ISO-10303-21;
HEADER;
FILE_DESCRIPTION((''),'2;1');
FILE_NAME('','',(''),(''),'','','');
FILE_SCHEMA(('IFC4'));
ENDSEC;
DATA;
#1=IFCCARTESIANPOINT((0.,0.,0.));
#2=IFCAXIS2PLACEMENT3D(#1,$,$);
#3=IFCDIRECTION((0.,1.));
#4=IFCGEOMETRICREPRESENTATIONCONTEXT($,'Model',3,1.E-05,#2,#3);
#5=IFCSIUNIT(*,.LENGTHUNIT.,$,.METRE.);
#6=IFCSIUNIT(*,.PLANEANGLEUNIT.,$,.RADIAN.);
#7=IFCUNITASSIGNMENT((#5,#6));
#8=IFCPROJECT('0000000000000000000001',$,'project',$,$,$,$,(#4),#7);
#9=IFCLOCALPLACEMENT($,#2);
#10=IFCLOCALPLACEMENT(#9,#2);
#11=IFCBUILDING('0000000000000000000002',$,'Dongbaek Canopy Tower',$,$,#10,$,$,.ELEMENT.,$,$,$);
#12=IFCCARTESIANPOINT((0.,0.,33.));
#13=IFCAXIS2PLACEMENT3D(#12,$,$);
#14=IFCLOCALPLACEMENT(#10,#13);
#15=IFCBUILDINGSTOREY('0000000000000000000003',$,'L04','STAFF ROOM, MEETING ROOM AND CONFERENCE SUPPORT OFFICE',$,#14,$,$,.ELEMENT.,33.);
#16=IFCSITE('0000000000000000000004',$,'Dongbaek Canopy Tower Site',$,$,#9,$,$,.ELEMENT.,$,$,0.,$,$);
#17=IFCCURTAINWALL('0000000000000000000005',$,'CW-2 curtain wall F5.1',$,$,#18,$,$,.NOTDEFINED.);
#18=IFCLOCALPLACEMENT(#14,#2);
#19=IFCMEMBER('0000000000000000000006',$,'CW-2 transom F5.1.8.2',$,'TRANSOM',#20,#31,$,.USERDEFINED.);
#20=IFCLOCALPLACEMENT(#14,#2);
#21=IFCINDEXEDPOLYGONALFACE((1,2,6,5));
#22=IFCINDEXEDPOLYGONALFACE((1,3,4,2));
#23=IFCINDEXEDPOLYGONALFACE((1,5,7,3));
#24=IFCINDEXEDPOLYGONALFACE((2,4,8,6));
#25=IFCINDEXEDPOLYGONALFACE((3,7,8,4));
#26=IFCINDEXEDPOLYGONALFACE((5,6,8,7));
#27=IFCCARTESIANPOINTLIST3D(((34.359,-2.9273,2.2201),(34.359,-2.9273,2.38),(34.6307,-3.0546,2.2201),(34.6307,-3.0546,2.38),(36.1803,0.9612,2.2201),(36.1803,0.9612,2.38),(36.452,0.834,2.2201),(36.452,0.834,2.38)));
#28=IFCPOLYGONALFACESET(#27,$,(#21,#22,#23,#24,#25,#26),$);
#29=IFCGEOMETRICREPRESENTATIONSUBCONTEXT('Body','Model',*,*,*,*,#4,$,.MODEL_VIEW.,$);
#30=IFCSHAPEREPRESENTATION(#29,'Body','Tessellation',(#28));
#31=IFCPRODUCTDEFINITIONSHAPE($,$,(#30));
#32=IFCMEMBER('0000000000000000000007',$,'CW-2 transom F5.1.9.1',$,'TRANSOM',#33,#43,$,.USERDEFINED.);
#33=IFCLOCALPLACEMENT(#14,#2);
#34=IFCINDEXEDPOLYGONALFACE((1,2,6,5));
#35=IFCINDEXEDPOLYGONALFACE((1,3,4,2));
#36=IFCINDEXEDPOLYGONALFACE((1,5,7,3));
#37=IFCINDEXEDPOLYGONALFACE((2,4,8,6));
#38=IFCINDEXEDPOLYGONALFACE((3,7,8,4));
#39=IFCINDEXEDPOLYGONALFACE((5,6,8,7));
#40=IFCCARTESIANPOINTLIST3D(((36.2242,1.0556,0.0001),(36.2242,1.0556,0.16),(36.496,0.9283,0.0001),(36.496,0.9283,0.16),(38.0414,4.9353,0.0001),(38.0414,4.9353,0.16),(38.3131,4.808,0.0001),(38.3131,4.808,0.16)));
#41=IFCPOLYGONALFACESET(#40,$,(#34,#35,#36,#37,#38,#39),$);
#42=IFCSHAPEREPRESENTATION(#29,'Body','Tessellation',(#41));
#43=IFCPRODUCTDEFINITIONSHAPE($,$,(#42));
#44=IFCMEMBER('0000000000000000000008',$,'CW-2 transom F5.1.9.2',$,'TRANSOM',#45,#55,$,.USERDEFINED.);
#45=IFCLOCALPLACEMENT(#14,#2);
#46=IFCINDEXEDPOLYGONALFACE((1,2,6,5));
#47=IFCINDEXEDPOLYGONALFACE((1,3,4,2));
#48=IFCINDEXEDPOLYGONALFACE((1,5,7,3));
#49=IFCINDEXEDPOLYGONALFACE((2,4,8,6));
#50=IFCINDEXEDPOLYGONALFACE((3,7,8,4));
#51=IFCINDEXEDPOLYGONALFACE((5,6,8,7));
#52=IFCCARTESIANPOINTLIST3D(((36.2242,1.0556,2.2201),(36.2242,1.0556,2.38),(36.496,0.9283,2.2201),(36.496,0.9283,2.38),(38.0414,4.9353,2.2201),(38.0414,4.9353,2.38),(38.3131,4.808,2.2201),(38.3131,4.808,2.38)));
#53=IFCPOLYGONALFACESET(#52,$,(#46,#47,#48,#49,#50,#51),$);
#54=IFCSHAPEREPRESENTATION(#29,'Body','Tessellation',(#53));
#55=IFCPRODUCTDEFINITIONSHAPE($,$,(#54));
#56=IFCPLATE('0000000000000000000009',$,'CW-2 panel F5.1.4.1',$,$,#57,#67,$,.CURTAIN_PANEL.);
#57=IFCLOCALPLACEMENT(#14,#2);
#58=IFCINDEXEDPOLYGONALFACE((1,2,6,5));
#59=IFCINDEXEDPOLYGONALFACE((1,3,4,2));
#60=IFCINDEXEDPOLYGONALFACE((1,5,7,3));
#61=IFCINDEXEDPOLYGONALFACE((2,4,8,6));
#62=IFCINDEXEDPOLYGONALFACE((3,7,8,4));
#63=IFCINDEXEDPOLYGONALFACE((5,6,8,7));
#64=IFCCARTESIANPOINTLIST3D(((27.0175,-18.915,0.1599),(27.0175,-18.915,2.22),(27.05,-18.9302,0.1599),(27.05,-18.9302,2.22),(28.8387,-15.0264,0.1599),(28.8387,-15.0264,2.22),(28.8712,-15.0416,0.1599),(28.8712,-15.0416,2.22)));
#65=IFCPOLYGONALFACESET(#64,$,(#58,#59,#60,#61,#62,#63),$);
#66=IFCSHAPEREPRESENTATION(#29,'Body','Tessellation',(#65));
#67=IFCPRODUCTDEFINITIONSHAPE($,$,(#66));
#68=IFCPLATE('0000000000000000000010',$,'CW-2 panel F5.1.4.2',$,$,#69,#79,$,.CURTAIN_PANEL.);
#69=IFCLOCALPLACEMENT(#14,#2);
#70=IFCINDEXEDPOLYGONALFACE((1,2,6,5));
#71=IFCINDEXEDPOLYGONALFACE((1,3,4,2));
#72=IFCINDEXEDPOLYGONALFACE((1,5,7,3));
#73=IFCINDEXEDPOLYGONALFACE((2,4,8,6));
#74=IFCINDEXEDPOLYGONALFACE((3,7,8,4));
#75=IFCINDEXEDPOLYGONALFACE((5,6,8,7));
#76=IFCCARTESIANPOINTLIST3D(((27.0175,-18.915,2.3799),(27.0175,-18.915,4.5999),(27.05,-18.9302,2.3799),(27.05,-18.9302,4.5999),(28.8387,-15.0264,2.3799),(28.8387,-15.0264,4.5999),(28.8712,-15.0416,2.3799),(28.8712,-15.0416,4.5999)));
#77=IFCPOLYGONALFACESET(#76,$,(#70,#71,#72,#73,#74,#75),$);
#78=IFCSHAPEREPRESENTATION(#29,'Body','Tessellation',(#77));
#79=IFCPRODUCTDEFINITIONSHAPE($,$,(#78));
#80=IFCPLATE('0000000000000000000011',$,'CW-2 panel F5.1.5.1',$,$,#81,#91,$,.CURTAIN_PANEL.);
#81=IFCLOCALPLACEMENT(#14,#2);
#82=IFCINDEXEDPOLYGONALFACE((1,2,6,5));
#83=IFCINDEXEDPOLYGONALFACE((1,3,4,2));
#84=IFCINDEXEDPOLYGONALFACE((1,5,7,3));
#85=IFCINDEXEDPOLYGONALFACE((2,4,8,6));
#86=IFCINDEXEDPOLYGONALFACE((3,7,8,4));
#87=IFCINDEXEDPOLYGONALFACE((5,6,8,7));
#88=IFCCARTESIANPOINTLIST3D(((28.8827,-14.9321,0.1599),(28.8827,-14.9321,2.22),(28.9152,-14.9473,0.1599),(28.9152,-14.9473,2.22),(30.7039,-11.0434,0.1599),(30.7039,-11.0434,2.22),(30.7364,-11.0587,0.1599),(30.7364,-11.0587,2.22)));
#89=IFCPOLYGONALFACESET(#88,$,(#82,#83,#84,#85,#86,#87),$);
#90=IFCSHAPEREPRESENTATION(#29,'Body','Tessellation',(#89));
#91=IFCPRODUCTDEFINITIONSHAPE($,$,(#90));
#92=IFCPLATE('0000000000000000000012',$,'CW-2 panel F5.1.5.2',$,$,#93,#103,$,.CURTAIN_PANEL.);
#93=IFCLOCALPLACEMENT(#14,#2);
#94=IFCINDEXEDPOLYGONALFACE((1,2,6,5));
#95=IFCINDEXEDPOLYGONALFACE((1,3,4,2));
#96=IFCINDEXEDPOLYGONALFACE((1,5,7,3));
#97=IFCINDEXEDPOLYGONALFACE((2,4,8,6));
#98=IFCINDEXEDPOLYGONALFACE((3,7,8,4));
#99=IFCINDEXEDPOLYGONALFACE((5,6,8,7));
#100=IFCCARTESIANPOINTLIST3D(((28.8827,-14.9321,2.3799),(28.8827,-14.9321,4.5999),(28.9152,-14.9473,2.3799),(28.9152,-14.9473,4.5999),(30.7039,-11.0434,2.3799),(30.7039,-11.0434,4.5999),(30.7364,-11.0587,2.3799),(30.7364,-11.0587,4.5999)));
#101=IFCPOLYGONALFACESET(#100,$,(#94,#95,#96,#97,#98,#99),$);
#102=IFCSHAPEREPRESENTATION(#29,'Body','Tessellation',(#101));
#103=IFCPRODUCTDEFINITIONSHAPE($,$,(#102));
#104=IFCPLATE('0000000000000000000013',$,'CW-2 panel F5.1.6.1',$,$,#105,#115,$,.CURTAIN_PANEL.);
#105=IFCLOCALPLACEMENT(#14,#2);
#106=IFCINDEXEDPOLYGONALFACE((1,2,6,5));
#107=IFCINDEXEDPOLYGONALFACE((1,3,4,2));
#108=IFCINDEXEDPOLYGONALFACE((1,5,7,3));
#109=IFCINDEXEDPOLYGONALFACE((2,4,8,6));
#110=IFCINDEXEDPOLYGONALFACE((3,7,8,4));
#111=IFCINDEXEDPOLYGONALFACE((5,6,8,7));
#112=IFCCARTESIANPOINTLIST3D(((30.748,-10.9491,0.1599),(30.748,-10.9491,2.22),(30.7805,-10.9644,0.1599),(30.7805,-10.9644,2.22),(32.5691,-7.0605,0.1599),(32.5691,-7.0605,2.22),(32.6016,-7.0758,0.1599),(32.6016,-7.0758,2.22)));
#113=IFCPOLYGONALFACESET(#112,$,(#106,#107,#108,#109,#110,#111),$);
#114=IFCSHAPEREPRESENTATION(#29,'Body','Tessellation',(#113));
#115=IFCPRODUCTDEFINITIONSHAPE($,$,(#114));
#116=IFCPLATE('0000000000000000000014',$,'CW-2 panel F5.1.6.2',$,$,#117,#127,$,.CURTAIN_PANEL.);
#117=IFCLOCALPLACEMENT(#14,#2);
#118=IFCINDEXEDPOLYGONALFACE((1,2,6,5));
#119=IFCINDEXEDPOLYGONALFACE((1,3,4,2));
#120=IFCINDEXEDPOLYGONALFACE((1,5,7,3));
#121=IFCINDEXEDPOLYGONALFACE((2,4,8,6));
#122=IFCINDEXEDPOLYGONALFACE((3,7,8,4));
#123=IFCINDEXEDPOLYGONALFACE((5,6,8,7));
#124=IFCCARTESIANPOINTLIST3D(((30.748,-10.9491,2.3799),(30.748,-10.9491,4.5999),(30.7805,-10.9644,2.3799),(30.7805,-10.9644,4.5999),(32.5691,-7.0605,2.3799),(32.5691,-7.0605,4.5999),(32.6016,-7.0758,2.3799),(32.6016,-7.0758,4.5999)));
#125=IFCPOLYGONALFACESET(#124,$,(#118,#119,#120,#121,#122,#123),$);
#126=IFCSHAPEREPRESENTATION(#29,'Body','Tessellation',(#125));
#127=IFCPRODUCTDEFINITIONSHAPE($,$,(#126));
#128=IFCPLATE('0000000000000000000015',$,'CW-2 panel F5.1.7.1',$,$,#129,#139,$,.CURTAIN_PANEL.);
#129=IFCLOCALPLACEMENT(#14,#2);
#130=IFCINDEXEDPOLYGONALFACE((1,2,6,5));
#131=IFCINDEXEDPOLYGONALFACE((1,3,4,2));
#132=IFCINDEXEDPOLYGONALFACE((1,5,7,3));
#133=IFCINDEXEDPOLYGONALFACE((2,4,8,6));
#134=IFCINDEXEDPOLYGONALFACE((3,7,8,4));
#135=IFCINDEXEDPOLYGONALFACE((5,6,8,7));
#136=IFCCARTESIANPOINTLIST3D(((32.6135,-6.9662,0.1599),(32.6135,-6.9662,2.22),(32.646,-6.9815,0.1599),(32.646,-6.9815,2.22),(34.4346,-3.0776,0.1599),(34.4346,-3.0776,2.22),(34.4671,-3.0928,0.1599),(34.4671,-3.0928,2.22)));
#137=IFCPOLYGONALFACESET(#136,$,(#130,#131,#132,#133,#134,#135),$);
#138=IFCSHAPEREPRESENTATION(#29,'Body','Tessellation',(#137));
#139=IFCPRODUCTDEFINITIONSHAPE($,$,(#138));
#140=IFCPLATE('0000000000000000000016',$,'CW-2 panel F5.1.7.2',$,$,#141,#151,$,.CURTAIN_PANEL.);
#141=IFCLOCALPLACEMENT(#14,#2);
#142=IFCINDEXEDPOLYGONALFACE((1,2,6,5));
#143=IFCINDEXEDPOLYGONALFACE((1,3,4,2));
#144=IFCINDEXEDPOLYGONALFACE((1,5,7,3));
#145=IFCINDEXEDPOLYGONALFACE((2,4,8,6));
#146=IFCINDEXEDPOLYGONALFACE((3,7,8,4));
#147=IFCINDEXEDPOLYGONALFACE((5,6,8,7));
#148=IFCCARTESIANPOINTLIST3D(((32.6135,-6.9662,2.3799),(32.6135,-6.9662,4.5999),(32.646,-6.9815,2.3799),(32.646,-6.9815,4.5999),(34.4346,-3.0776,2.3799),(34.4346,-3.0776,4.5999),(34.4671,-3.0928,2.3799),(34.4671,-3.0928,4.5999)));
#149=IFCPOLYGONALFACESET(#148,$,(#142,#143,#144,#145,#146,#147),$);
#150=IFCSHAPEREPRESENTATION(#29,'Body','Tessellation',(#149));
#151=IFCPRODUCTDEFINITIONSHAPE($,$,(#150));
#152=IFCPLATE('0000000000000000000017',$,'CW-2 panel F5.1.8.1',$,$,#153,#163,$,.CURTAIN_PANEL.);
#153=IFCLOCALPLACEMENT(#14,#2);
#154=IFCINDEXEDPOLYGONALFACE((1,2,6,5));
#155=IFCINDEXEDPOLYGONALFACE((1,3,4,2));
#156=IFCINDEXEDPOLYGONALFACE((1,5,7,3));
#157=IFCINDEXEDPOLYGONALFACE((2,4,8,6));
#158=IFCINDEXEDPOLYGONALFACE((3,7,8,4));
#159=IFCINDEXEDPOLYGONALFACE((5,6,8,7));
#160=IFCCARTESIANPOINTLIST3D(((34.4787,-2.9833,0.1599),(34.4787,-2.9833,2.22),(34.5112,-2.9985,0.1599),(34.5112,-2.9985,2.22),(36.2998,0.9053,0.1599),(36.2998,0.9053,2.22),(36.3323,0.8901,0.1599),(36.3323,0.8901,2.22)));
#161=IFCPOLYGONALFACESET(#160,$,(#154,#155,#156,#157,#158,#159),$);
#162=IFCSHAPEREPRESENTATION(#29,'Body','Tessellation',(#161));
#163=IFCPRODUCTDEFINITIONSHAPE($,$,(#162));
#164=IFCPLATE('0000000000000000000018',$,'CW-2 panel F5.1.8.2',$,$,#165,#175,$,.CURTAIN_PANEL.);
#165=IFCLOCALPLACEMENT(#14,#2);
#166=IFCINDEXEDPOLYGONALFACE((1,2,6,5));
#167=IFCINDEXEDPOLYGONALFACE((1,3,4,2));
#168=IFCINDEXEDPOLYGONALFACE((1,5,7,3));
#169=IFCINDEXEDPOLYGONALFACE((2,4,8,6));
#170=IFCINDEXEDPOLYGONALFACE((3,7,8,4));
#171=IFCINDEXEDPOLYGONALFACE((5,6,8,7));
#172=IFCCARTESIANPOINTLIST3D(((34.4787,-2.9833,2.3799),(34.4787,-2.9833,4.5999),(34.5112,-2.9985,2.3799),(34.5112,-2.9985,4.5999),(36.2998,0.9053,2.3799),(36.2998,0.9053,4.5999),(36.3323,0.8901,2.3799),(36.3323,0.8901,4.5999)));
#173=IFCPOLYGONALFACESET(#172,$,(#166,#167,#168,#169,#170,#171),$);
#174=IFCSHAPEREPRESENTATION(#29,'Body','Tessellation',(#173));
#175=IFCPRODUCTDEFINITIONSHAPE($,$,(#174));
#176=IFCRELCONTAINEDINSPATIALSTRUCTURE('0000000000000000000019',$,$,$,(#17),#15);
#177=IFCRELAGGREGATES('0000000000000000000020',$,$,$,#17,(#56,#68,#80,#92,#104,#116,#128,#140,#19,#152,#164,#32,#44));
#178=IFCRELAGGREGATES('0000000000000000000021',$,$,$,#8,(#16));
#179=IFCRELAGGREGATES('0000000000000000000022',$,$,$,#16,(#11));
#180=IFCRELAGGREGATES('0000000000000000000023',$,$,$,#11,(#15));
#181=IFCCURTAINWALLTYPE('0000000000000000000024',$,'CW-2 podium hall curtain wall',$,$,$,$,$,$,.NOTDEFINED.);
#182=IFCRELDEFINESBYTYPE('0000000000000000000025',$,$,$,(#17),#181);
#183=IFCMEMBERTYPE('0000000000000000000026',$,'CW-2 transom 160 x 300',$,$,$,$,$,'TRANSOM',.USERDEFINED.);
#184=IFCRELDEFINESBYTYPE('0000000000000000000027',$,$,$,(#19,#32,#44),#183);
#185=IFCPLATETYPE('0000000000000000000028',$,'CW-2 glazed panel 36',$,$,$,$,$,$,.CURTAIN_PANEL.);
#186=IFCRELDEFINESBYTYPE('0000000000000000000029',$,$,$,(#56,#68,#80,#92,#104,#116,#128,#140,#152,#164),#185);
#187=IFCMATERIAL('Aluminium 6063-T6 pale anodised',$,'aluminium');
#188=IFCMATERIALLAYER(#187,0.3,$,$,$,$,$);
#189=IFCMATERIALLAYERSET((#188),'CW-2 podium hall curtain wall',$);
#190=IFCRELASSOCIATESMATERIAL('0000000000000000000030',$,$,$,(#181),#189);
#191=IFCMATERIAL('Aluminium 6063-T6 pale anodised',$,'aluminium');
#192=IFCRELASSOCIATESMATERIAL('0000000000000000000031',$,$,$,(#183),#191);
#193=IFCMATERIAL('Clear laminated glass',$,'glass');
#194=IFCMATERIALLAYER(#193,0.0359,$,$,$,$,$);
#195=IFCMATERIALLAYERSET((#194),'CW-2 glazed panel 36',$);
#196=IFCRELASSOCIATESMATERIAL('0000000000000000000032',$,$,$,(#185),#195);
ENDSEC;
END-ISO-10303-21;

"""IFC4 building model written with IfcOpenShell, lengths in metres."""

from ifc_helpers import new_model, si_unit, direction, frame, origin, origin_2d, place, context, subcontext, project, spatial, rectangle, extrude, material, layer, layer_set, material_profile, profile_set, type_object, element, aggregate, save


model = new_model("IFC4")

# Units and contexts
model_context = context("Model", 3, precision=1e-05, world=origin(), true_north=direction((0.0, 1.0)))
body_context = subcontext(model_context, "Body", "Model", "MODEL_VIEW")
ifc_project = project(units=[si_unit("LENGTHUNIT", "METRE"), si_unit("PLANEANGLEUNIT", "RADIAN")], contexts=[model_context])

# Site, building, storey
site_placement = place(None, origin())
site = spatial("IfcSite", under=ifc_project, at=site_placement, Name="Dongbaek Canopy Tower Site", CompositionType="ELEMENT", RefElevation=0.0)
building_placement = place(site_placement, origin())
building = spatial("IfcBuilding", under=site, at=building_placement, Name="Dongbaek Canopy Tower", CompositionType="ELEMENT")
storey_placement = place(building_placement, frame((0.0, 0.0, 33.0)))
storey = spatial("IfcBuildingStorey", under=building, at=storey_placement, Name="L04", Description="STAFF ROOM, MEETING ROOM AND CONFERENCE SUPPORT OFFICE", CompositionType="ELEMENT", Elevation=33.0)

# Curtain wall, members, plates
ifc_material_1 = material(Name="Aluminium 6063-T6 pale anodised", Category="aluminium")
ifc_layer_1 = layer(ifc_material_1, 0.3)
ifc_layer_set_1 = layer_set([ifc_layer_1], Name="CW-2 podium hall curtain wall")
curtain_wall_type = type_object("IfcCurtainWallType", Name="CW-2 podium hall curtain wall", PredefinedType="NOTDEFINED", material=ifc_layer_set_1)
curtain_wall_placement = place(storey_placement, origin())
curtain_wall = element("IfcCurtainWall", 1, at=curtain_wall_placement, inside=storey, type_object=curtain_wall_type, Name="CW-2 curtain wall F5.1", PredefinedType="NOTDEFINED")
ifc_material_2 = material(Name="Aluminium 6063-T6 pale anodised", Category="aluminium")
ifc_material_profile_1 = material_profile(ifc_material_2, rectangle(XDim=0.3, YDim=0.1599, at=origin_2d()), Name="CW-2 transom 160 x 300")
ifc_profile_set_1 = profile_set([ifc_material_profile_1], Name="Aluminium 6063-T6 pale anodised")
member_type_1 = type_object("IfcMemberType", Name="CW-2 transom 160 x 300", ElementType="TRANSOM", PredefinedType="USERDEFINED", material=ifc_profile_set_1)
member_1_placement = place(storey_placement, frame((34.4949, -2.991, 2.3), z_axis=(0.424143, 0.905595, 0.0), x_axis=(-0.905595, 0.424143, 0.0)))
member_1 = element("IfcMember", 2, at=member_1_placement, type_object=member_type_1, Name="CW-2 transom F5.1.8.2", ObjectType="TRANSOM", PredefinedType="USERDEFINED", context=body_context, shape_type="SweptSolid", body=[
    extrude(rectangle(XDim=0.3, YDim=0.1599, at=origin_2d()), origin(), (0.0, 0.0, 1.0), 4.2939),
])
member_2_placement = place(storey_placement, frame((36.3601, 0.9919, 0.0801), z_axis=(0.424158, 0.905588, 0.0), x_axis=(-0.905588, 0.424158, 0.0)))
member_2 = element("IfcMember", 3, at=member_2_placement, type_object=member_type_1, Name="CW-2 transom F5.1.9.1", ObjectType="TRANSOM", PredefinedType="USERDEFINED", context=body_context, shape_type="SweptSolid", body=[
    extrude(rectangle(XDim=0.3, YDim=0.1599, at=origin_2d()), origin(), (0.0, 0.0, 1.0), 4.2842),
])
member_3_placement = place(storey_placement, frame((36.3601, 0.9919, 2.3), z_axis=(0.424158, 0.905588, 0.0), x_axis=(-0.905588, 0.424158, 0.0)))
member_3 = element("IfcMember", 4, at=member_3_placement, type_object=member_type_1, Name="CW-2 transom F5.1.9.2", ObjectType="TRANSOM", PredefinedType="USERDEFINED", context=body_context, shape_type="SweptSolid", body=[
    extrude(rectangle(XDim=0.3, YDim=0.1599, at=origin_2d()), origin(), (0.0, 0.0, 1.0), 4.2842),
])
ifc_material_3 = material(Name="Clear laminated glass", Category="glass")
ifc_layer_2 = layer(ifc_material_3, 0.0359)
ifc_layer_set_2 = layer_set([ifc_layer_2], Name="CW-2 glazed panel 36")
plate_type = type_object("IfcPlateType", Name="CW-2 glazed panel 36", PredefinedType="CURTAIN_PANEL", material=ifc_layer_set_2)
plate_1_placement = place(storey_placement, frame((27.9443, -16.9783, 0.1599), z_axis=(0.0, 0.0, 1.0), x_axis=(0.424123, 0.905605, 0.0)))
plate_1 = element("IfcPlate", 5, at=plate_1_placement, type_object=plate_type, Name="CW-2 panel F5.1.4.1", PredefinedType="CURTAIN_PANEL", context=body_context, shape_type="SweptSolid", body=[
    extrude(rectangle(XDim=4.2939, YDim=0.0359, at=origin_2d()), origin(), (0.0, 0.0, 1.0), 2.0601),
])
plate_2_placement = place(storey_placement, frame((27.9443, -16.9783, 2.3799), z_axis=(0.0, 0.0, 1.0), x_axis=(0.424123, 0.905605, 0.0)))
plate_2 = element("IfcPlate", 6, at=plate_2_placement, type_object=plate_type, Name="CW-2 panel F5.1.4.2", PredefinedType="CURTAIN_PANEL", context=body_context, shape_type="SweptSolid", body=[
    extrude(rectangle(XDim=4.2939, YDim=0.0359, at=origin_2d()), origin(), (0.0, 0.0, 1.0), 2.22),
])
plate_3_placement = place(storey_placement, frame((29.8096, -12.9954, 0.1599), z_axis=(0.0, 0.0, 1.0), x_axis=(0.424123, 0.905605, 0.0)))
plate_3 = element("IfcPlate", 7, at=plate_3_placement, type_object=plate_type, Name="CW-2 panel F5.1.5.1", PredefinedType="CURTAIN_PANEL", context=body_context, shape_type="SweptSolid", body=[
    extrude(rectangle(XDim=4.2939, YDim=0.0359, at=origin_2d()), origin(), (0.0, 0.0, 1.0), 2.0601),
])
plate_4_placement = place(storey_placement, frame((29.8096, -12.9954, 2.3799), z_axis=(0.0, 0.0, 1.0), x_axis=(0.424123, 0.905605, 0.0)))
plate_4 = element("IfcPlate", 8, at=plate_4_placement, type_object=plate_type, Name="CW-2 panel F5.1.5.2", PredefinedType="CURTAIN_PANEL", context=body_context, shape_type="SweptSolid", body=[
    extrude(rectangle(XDim=4.2939, YDim=0.0359, at=origin_2d()), origin(), (0.0, 0.0, 1.0), 2.22),
])
plate_5_placement = place(storey_placement, frame((31.6748, -9.0125, 0.1599), z_axis=(0.0, 0.0, 1.0), x_axis=(0.424123, 0.905605, 0.0)))
plate_5 = element("IfcPlate", 9, at=plate_5_placement, type_object=plate_type, Name="CW-2 panel F5.1.6.1", PredefinedType="CURTAIN_PANEL", context=body_context, shape_type="SweptSolid", body=[
    extrude(rectangle(XDim=4.2939, YDim=0.0359, at=origin_2d()), origin(), (0.0, 0.0, 1.0), 2.0601),
])
plate_6_placement = place(storey_placement, frame((31.6748, -9.0125, 2.3799), z_axis=(0.0, 0.0, 1.0), x_axis=(0.424123, 0.905605, 0.0)))
plate_6 = element("IfcPlate", 10, at=plate_6_placement, type_object=plate_type, Name="CW-2 panel F5.1.6.2", PredefinedType="CURTAIN_PANEL", context=body_context, shape_type="SweptSolid", body=[
    extrude(rectangle(XDim=4.2939, YDim=0.0359, at=origin_2d()), origin(), (0.0, 0.0, 1.0), 2.22),
])
plate_7_placement = place(storey_placement, frame((33.5403, -5.0295, 0.1599), z_axis=(0.0, 0.0, 1.0), x_axis=(0.424123, 0.905605, 0.0)))
plate_7 = element("IfcPlate", 11, at=plate_7_placement, type_object=plate_type, Name="CW-2 panel F5.1.7.1", PredefinedType="CURTAIN_PANEL", context=body_context, shape_type="SweptSolid", body=[
    extrude(rectangle(XDim=4.2939, YDim=0.0359, at=origin_2d()), origin(), (0.0, 0.0, 1.0), 2.0601),
])
plate_8_placement = place(storey_placement, frame((33.5403, -5.0295, 2.3799), z_axis=(0.0, 0.0, 1.0), x_axis=(0.424123, 0.905605, 0.0)))
plate_8 = element("IfcPlate", 12, at=plate_8_placement, type_object=plate_type, Name="CW-2 panel F5.1.7.2", PredefinedType="CURTAIN_PANEL", context=body_context, shape_type="SweptSolid", body=[
    extrude(rectangle(XDim=4.2939, YDim=0.0359, at=origin_2d()), origin(), (0.0, 0.0, 1.0), 2.22),
])
plate_9_placement = place(storey_placement, frame((35.4055, -1.0466, 0.1599), z_axis=(0.0, 0.0, 1.0), x_axis=(0.424123, 0.905605, 0.0)))
plate_9 = element("IfcPlate", 13, at=plate_9_placement, type_object=plate_type, Name="CW-2 panel F5.1.8.1", PredefinedType="CURTAIN_PANEL", context=body_context, shape_type="SweptSolid", body=[
    extrude(rectangle(XDim=4.2939, YDim=0.0359, at=origin_2d()), origin(), (0.0, 0.0, 1.0), 2.0601),
])
plate_10_placement = place(storey_placement, frame((35.4055, -1.0466, 2.3799), z_axis=(0.0, 0.0, 1.0), x_axis=(0.424123, 0.905605, 0.0)))
plate_10 = element("IfcPlate", 14, at=plate_10_placement, type_object=plate_type, Name="CW-2 panel F5.1.8.2", PredefinedType="CURTAIN_PANEL", context=body_context, shape_type="SweptSolid", body=[
    extrude(rectangle(XDim=4.2939, YDim=0.0359, at=origin_2d()), origin(), (0.0, 0.0, 1.0), 2.22),
])
aggregate(curtain_wall, [plate_1, plate_2, plate_3, plate_4, plate_5, plate_6, plate_7, plate_8, member_1, plate_9, plate_10, member_2, member_3])

save(model, "model.ifc")
